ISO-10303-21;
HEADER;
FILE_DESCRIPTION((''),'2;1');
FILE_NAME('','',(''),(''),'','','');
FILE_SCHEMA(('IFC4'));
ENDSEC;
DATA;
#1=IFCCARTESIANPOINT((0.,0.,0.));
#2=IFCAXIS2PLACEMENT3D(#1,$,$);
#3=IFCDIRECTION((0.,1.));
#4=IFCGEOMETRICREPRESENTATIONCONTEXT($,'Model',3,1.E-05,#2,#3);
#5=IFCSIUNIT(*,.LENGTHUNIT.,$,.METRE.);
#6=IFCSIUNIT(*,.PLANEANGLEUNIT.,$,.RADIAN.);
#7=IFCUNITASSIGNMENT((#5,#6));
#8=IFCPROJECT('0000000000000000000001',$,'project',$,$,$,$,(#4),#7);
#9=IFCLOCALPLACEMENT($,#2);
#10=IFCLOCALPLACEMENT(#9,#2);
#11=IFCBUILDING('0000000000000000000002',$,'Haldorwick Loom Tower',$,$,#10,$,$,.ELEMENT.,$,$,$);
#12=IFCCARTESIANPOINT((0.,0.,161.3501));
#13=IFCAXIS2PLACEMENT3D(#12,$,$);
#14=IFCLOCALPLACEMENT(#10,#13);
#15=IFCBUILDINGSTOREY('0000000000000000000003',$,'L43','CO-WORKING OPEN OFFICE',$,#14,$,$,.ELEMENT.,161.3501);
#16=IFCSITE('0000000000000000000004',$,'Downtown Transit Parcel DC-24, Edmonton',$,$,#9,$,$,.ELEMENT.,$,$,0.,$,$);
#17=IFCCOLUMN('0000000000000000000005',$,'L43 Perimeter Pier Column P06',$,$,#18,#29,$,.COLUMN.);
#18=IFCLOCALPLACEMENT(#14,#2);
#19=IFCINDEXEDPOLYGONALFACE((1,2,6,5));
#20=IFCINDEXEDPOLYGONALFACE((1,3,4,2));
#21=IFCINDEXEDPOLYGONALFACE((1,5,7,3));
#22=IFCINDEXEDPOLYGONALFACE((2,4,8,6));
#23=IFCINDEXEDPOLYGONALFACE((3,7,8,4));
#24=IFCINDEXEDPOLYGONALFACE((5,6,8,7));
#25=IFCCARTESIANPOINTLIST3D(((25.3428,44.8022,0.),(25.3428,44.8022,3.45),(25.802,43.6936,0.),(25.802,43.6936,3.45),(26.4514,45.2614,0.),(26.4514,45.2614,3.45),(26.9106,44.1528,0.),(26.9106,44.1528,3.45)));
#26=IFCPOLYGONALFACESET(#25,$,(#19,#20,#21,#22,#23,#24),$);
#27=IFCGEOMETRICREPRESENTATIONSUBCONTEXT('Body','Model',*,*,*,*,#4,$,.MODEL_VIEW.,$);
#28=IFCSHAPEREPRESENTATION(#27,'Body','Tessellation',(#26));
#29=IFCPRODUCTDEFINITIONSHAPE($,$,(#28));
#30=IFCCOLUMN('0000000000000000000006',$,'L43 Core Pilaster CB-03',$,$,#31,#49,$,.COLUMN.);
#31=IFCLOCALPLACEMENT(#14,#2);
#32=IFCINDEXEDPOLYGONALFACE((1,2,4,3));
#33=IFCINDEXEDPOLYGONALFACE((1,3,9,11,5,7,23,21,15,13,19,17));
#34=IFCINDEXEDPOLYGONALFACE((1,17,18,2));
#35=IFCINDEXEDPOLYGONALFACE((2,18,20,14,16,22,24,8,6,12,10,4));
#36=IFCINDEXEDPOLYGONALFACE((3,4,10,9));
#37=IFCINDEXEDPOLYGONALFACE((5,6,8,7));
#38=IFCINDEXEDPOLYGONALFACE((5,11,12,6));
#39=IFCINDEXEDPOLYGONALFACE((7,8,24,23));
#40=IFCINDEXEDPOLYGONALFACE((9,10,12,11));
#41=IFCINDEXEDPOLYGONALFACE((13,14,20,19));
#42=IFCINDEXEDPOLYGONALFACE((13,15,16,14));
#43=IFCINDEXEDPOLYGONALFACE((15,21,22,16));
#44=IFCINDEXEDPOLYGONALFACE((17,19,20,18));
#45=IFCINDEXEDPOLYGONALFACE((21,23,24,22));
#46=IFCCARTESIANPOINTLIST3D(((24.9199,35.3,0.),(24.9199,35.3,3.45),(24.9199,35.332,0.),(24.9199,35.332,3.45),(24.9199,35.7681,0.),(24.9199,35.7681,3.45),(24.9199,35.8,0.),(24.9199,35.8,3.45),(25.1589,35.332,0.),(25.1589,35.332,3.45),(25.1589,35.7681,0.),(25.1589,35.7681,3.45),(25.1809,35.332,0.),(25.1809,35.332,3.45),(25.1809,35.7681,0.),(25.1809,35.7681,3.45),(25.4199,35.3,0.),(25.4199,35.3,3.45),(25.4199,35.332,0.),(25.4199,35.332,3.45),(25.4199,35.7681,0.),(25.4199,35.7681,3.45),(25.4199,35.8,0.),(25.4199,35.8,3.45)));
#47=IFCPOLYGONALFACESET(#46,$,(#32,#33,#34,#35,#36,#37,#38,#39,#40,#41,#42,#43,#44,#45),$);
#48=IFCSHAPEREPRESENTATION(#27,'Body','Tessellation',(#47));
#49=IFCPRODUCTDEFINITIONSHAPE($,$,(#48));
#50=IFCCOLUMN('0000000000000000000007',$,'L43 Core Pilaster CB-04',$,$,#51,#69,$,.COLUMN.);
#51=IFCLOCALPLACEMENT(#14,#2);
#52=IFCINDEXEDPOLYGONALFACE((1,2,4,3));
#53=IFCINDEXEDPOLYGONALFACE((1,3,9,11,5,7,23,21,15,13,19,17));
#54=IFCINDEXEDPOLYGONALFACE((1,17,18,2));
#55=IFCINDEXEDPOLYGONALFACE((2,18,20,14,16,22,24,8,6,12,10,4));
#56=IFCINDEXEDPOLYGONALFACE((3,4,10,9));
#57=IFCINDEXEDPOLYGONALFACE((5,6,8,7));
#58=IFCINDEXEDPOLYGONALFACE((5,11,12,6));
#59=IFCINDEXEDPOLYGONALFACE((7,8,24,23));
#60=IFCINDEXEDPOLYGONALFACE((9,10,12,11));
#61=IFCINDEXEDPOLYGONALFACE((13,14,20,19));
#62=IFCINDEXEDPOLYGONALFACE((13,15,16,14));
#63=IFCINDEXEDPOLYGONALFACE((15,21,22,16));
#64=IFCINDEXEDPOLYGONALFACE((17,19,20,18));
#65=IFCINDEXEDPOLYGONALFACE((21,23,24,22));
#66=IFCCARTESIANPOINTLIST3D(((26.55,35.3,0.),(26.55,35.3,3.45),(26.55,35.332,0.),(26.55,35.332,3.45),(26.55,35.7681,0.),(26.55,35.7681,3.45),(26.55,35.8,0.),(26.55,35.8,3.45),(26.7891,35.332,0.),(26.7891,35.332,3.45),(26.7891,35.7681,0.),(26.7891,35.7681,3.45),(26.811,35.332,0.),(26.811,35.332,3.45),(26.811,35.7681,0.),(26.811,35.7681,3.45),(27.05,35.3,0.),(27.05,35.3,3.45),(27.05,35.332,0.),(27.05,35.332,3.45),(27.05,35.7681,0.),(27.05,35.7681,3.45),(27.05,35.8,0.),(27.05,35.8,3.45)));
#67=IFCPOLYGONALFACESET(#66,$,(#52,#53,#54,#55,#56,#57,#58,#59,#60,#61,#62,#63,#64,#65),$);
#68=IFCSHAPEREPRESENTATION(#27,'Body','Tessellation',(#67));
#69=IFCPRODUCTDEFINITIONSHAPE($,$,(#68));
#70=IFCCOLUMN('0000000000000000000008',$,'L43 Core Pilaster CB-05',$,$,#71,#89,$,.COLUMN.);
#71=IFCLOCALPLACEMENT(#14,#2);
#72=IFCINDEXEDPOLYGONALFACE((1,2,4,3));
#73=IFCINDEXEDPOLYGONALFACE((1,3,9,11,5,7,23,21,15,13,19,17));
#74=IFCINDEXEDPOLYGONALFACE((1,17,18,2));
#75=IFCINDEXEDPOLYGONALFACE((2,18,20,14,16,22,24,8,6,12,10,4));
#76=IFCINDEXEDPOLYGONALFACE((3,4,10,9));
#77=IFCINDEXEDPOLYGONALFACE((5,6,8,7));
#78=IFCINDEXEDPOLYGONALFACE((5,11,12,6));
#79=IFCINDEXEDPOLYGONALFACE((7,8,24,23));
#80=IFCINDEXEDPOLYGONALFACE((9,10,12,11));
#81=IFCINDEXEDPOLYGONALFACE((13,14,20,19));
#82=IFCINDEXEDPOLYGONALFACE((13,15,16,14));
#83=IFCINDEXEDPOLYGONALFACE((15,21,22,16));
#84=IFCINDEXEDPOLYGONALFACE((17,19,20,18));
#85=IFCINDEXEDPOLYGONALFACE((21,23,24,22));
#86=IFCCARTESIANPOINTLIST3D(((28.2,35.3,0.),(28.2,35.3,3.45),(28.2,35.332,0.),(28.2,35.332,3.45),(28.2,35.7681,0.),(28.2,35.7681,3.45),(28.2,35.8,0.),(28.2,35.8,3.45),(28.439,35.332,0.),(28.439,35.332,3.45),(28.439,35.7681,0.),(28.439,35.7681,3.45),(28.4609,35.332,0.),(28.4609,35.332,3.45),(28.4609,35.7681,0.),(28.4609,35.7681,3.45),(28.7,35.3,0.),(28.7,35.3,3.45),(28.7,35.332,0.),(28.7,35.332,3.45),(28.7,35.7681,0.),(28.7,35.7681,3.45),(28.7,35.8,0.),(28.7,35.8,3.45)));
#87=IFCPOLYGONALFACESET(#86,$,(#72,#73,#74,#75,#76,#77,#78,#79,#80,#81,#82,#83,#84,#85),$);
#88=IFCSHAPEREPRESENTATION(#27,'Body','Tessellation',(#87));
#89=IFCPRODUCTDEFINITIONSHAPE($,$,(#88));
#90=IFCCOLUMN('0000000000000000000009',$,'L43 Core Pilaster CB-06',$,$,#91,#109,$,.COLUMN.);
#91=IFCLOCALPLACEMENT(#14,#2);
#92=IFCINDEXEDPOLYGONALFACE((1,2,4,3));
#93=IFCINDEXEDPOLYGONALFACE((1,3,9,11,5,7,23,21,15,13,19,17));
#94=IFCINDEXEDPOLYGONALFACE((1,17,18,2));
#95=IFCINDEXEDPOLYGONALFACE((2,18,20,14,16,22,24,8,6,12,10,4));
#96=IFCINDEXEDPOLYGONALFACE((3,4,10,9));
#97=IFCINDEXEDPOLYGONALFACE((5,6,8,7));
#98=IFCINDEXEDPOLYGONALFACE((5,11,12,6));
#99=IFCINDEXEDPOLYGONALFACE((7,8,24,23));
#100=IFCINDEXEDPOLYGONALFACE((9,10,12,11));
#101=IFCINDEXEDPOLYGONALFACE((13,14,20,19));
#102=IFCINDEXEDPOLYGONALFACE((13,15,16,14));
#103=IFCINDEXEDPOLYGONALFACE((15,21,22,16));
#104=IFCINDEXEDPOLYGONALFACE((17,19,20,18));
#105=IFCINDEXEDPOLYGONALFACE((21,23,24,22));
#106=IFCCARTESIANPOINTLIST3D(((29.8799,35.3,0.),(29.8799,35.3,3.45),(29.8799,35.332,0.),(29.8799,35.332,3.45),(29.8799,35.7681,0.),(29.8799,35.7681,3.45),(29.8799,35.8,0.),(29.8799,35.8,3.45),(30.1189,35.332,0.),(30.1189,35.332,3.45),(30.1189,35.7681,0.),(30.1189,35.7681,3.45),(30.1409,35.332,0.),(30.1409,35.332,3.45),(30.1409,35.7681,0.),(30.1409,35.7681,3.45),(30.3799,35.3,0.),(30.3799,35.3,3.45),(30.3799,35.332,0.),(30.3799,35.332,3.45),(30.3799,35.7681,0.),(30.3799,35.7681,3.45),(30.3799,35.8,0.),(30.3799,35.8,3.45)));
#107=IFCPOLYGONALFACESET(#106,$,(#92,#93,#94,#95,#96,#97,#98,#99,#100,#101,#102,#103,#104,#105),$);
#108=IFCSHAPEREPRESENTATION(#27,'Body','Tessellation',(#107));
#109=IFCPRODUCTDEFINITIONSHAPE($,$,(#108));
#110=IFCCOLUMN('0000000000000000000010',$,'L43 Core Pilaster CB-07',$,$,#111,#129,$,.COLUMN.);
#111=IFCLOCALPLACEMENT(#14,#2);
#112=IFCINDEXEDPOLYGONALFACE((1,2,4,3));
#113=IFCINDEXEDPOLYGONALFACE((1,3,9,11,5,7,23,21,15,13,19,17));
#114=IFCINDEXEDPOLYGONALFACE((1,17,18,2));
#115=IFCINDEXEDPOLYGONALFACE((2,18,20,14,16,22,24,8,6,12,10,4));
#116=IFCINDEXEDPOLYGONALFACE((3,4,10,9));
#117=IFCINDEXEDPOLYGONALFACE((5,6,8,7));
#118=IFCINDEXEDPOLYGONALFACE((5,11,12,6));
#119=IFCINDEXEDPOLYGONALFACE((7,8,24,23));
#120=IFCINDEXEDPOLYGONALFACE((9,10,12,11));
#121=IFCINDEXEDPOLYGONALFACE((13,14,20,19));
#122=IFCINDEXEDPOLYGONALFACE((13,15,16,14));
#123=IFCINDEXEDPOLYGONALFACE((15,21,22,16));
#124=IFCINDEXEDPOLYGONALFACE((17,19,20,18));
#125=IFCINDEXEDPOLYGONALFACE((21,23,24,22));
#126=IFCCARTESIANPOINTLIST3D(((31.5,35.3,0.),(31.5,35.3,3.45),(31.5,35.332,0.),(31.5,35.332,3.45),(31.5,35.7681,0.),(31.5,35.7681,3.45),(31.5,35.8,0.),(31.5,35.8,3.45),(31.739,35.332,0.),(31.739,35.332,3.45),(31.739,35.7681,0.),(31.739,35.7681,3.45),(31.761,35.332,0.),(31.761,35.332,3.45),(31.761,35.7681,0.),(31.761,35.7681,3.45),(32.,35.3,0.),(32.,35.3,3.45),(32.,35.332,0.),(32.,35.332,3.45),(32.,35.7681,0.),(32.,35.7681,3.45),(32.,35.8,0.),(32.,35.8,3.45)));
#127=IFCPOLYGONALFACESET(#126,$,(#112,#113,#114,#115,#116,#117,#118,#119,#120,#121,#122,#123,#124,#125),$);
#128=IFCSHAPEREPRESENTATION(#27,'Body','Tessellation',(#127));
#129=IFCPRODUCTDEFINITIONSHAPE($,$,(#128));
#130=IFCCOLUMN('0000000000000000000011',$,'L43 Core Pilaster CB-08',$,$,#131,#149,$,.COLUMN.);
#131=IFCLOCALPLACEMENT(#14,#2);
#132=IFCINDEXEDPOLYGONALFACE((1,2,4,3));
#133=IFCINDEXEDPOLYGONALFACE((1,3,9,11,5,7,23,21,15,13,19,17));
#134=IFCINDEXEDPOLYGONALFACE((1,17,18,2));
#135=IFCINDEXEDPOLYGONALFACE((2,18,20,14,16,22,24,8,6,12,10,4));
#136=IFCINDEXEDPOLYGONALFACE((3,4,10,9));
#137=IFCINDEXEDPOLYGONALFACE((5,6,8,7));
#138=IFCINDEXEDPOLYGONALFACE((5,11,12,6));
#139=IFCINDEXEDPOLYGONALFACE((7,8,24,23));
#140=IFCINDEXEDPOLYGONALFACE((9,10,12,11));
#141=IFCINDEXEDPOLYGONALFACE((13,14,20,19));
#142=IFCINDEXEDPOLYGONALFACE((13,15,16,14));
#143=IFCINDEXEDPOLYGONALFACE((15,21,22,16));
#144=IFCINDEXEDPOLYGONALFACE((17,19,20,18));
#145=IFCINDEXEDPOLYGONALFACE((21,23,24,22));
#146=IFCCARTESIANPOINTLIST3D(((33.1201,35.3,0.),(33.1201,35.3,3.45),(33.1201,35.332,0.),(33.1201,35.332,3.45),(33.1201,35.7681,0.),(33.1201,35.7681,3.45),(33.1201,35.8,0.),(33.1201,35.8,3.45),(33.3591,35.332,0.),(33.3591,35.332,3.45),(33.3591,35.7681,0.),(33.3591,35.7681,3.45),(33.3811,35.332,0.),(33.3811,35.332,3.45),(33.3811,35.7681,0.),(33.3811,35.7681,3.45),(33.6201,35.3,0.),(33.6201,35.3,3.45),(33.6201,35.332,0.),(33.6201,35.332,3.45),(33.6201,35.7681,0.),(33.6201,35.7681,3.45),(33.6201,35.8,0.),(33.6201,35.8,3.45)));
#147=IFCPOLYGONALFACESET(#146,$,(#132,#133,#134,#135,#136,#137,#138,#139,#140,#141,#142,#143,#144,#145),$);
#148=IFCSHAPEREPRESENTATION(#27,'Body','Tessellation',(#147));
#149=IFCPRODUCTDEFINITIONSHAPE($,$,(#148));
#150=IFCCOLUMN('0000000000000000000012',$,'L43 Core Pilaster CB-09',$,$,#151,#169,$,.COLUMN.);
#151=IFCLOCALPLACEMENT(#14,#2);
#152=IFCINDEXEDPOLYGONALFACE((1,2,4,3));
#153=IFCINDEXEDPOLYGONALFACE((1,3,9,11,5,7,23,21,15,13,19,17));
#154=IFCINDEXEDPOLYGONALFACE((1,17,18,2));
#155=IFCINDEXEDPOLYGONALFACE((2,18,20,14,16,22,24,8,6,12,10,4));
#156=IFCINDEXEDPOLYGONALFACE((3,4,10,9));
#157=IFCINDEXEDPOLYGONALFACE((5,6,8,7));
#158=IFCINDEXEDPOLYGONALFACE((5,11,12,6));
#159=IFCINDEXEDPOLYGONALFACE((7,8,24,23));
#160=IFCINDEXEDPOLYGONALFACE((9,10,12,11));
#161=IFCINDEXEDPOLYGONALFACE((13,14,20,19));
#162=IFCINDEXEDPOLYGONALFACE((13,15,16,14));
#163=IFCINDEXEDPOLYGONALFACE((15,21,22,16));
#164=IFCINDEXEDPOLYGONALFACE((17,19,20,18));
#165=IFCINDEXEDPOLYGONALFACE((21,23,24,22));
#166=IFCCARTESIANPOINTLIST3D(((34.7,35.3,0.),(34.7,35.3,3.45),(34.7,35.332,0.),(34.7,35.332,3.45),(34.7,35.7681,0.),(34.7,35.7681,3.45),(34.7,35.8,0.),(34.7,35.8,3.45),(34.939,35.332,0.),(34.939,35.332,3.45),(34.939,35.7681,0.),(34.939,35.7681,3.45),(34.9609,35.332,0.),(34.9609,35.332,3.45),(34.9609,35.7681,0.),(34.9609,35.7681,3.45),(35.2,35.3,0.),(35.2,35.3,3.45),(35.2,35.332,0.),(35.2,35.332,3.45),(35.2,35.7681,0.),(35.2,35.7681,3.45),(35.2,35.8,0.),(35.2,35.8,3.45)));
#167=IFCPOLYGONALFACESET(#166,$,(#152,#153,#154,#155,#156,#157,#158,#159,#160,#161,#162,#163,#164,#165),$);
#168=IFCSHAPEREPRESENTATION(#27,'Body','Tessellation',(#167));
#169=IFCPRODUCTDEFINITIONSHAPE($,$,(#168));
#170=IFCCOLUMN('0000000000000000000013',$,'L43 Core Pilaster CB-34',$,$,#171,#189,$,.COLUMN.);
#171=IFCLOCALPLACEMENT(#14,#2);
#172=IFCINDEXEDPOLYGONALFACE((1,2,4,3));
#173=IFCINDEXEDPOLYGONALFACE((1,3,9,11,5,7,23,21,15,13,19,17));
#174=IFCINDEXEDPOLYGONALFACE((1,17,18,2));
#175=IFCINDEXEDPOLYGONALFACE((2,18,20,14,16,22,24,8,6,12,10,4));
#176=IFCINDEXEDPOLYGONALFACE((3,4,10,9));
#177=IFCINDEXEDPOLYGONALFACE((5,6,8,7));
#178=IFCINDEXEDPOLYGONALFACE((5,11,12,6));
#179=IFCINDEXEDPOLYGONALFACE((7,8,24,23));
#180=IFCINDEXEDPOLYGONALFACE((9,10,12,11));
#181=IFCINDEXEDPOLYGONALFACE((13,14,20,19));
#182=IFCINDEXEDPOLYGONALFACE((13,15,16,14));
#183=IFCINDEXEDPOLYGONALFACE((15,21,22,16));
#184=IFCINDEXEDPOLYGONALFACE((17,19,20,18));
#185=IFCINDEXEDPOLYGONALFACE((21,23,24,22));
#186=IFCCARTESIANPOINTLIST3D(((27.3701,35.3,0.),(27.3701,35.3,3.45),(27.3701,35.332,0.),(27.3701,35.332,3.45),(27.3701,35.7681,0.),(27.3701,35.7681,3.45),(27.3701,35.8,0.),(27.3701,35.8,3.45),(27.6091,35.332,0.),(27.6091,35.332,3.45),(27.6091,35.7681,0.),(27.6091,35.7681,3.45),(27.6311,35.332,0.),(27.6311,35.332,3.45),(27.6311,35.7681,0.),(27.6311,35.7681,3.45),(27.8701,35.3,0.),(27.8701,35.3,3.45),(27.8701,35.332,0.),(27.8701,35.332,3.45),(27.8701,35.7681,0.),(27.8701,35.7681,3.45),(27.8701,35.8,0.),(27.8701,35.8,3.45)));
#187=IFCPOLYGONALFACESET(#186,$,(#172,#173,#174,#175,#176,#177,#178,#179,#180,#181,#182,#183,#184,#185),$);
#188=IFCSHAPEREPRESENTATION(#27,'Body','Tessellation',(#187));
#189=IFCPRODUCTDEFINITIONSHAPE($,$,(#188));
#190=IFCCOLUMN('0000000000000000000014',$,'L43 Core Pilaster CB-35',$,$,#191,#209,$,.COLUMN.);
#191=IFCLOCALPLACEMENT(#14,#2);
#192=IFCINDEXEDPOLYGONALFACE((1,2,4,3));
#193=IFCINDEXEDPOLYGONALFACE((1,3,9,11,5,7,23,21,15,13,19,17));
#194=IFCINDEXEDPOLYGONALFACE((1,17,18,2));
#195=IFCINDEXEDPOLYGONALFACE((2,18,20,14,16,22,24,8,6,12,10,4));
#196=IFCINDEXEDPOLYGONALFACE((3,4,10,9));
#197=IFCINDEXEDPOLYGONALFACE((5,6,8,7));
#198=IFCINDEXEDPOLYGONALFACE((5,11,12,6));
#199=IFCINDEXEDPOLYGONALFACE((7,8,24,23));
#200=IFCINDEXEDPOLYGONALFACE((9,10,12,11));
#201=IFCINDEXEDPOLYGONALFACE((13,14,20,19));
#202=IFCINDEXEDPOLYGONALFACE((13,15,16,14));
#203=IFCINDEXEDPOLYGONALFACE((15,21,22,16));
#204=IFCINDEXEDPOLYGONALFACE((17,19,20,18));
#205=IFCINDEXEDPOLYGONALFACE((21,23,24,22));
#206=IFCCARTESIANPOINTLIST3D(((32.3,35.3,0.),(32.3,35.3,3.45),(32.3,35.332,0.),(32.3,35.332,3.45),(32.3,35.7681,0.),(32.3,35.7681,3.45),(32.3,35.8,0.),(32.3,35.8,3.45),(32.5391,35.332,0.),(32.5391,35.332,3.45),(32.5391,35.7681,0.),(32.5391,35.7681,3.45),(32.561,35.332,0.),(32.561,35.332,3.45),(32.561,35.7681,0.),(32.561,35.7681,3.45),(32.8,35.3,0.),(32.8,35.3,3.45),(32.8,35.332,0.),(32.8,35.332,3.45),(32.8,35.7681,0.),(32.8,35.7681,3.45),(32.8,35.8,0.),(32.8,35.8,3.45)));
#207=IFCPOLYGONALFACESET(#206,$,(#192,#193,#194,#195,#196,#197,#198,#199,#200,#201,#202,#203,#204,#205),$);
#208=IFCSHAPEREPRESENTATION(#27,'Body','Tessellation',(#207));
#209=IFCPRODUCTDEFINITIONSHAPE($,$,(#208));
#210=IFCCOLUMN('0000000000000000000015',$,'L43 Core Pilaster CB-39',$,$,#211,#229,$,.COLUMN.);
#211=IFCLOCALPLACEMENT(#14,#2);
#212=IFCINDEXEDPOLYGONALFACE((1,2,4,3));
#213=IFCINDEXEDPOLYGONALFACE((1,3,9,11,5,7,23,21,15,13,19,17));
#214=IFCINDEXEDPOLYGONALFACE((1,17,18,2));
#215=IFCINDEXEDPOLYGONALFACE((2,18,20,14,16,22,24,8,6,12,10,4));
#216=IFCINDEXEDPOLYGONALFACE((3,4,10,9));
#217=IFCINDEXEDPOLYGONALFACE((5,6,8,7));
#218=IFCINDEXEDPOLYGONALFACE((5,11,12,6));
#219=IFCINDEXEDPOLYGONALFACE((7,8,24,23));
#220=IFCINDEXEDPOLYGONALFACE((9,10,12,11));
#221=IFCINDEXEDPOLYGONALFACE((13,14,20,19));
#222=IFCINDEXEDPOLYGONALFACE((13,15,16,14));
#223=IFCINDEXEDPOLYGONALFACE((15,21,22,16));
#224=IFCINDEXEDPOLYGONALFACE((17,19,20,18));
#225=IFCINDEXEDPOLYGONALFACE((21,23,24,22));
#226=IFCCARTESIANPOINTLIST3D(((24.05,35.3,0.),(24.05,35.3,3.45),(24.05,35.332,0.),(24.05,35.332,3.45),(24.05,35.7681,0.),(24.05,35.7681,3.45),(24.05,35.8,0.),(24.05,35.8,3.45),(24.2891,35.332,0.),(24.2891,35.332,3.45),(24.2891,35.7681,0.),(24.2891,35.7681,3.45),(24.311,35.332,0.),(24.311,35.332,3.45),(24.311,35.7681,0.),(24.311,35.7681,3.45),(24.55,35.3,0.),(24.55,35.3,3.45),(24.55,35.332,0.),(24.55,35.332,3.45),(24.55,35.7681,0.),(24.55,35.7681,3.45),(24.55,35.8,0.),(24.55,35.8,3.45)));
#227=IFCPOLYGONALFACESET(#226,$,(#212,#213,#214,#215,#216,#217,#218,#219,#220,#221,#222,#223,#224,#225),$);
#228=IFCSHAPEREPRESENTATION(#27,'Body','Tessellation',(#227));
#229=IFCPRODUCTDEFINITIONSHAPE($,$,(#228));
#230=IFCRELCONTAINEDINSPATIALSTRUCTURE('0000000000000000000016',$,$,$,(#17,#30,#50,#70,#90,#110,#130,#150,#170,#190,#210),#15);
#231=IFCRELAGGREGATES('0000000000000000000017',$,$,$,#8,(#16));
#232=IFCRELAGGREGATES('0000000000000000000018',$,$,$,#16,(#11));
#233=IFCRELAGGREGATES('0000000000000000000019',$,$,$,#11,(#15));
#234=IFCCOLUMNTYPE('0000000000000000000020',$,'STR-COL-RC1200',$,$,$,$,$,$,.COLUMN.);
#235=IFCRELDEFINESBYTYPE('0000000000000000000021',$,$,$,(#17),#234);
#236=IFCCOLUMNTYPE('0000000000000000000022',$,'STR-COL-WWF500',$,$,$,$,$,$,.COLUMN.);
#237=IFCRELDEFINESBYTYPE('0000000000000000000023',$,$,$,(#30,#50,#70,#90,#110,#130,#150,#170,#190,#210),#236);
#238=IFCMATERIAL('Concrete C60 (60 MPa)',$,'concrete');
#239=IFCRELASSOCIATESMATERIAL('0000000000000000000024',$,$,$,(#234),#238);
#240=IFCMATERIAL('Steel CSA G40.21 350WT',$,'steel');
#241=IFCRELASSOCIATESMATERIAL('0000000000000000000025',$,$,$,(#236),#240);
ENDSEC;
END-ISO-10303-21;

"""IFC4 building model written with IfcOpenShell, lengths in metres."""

from ifc_helpers import new_model, si_unit, direction, frame, origin, origin_2d, place, context, subcontext, project, spatial, rectangle, i_section, extrude, material, material_profile, profile_set, type_object, element, save


model = new_model("IFC4")

# Units and contexts
model_context = context("Model", 3, precision=1e-05, world=origin(), true_north=direction((0.0, 1.0)))
body_context = subcontext(model_context, "Body", "Model", "MODEL_VIEW")
ifc_project = project(units=[si_unit("LENGTHUNIT", "METRE"), si_unit("PLANEANGLEUNIT", "RADIAN")], contexts=[model_context])

# Site, building, storey
site_placement = place(None, origin())
site = spatial("IfcSite", under=ifc_project, at=site_placement, Name="Downtown Transit Parcel DC-24, Edmonton", CompositionType="ELEMENT", RefElevation=0.0)
building_placement = place(site_placement, origin())
building = spatial("IfcBuilding", under=site, at=building_placement, Name="Haldorwick Loom Tower", CompositionType="ELEMENT")
storey_placement = place(building_placement, frame((0.0, 0.0, 161.3501)))
storey = spatial("IfcBuildingStorey", under=building, at=storey_placement, Name="L43", Description="CO-WORKING OPEN OFFICE", CompositionType="ELEMENT", Elevation=161.3501)

# Columns
ifc_material_1 = material(Name="Concrete C60 (60 MPa)", Category="concrete")
ifc_material_profile_1 = material_profile(ifc_material_1, rectangle(XDim=1.2, YDim=1.2, at=origin_2d()), Name="RC1200X1200", Category="concrete")
ifc_profile_set_1 = profile_set([ifc_material_profile_1], Name="Concrete C60 (60 MPa)")
column_type_1 = type_object("IfcColumnType", Name="STR-COL-RC1200", PredefinedType="COLUMN", material=ifc_profile_set_1)
column_placement = place(storey_placement, frame((26.1267, 44.4775, 0.0), z_axis=(0.0, 0.0, 1.0), x_axis=(-0.382683, 0.92388, 0.0)))
element("IfcColumn", 1, at=column_placement, inside=storey, type_object=column_type_1, Name="L43 Perimeter Pier Column P06", PredefinedType="COLUMN", context=body_context, shape_type="SweptSolid", body=[
    extrude(rectangle(XDim=1.2, YDim=1.2, at=origin_2d()), origin(), (0.0, 0.0, 1.0), 3.45),
])
ifc_material_2 = material(Name="Steel CSA G40.21 350WT", Category="steel")
ifc_material_profile_2 = material_profile(ifc_material_2, i_section(OverallWidth=0.5, OverallDepth=0.5, WebThickness=0.022, FlangeThickness=0.032, at=origin_2d()), Name="WWF500X500", Category="steel")
ifc_profile_set_2 = profile_set([ifc_material_profile_2], Name="Steel CSA G40.21 350WT")
column_type_2 = type_object("IfcColumnType", Name="STR-COL-WWF500", PredefinedType="COLUMN", material=ifc_profile_set_2)
for number, where, z_axis, x_axis, name in (
    (2, (25.1699, 35.55, 0.0), (0.0, 0.0, 1.0), (1.0, 0.0, 0.0), "L43 Core Pilaster CB-03"),
    (3, (26.8, 35.55, 0.0), (0.0, 0.0, 1.0), (1.0, 0.0, 0.0), "L43 Core Pilaster CB-04"),
    (4, (28.45, 35.55, 0.0), (0.0, 0.0, 1.0), (1.0, 0.0, 0.0), "L43 Core Pilaster CB-05"),
    (5, (30.1299, 35.55, 0.0), (0.0, 0.0, 1.0), (1.0, 0.0, 0.0), "L43 Core Pilaster CB-06"),
    (6, (31.75, 35.55, 0.0), (0.0, 0.0, 1.0), (1.0, 0.0, 0.0), "L43 Core Pilaster CB-07"),
    (7, (33.3701, 35.55, 0.0), (0.0, 0.0, 1.0), (1.0, 0.0, 0.0), "L43 Core Pilaster CB-08"),
    (8, (34.95, 35.55, 0.0), (0.0, 0.0, 1.0), (1.0, 0.0, 0.0), "L43 Core Pilaster CB-09"),
    (9, (27.6201, 35.55, 0.0), (0.0, 0.0, 1.0), (1.0, 0.0, 0.0), "L43 Core Pilaster CB-34"),
    (10, (32.55, 35.55, 0.0), (0.0, 0.0, 1.0), (1.0, 0.0, 0.0), "L43 Core Pilaster CB-35"),
    (11, (24.3, 35.55, 0.0), (0.0, 0.0, 1.0), (1.0, 0.0, 0.0), "L43 Core Pilaster CB-39"),
):
    element("IfcColumn", number, at=place(storey_placement, frame(where, z_axis=z_axis, x_axis=x_axis)), inside=storey, type_object=column_type_2, Name=name, PredefinedType="COLUMN", context=body_context, shape_type="SweptSolid", body=[
        extrude(i_section(OverallWidth=0.5, OverallDepth=0.5, WebThickness=0.022, FlangeThickness=0.032, at=origin_2d()), origin(), (0.0, 0.0, 1.0), 3.45),
    ])

save(model, "model.ifc")
